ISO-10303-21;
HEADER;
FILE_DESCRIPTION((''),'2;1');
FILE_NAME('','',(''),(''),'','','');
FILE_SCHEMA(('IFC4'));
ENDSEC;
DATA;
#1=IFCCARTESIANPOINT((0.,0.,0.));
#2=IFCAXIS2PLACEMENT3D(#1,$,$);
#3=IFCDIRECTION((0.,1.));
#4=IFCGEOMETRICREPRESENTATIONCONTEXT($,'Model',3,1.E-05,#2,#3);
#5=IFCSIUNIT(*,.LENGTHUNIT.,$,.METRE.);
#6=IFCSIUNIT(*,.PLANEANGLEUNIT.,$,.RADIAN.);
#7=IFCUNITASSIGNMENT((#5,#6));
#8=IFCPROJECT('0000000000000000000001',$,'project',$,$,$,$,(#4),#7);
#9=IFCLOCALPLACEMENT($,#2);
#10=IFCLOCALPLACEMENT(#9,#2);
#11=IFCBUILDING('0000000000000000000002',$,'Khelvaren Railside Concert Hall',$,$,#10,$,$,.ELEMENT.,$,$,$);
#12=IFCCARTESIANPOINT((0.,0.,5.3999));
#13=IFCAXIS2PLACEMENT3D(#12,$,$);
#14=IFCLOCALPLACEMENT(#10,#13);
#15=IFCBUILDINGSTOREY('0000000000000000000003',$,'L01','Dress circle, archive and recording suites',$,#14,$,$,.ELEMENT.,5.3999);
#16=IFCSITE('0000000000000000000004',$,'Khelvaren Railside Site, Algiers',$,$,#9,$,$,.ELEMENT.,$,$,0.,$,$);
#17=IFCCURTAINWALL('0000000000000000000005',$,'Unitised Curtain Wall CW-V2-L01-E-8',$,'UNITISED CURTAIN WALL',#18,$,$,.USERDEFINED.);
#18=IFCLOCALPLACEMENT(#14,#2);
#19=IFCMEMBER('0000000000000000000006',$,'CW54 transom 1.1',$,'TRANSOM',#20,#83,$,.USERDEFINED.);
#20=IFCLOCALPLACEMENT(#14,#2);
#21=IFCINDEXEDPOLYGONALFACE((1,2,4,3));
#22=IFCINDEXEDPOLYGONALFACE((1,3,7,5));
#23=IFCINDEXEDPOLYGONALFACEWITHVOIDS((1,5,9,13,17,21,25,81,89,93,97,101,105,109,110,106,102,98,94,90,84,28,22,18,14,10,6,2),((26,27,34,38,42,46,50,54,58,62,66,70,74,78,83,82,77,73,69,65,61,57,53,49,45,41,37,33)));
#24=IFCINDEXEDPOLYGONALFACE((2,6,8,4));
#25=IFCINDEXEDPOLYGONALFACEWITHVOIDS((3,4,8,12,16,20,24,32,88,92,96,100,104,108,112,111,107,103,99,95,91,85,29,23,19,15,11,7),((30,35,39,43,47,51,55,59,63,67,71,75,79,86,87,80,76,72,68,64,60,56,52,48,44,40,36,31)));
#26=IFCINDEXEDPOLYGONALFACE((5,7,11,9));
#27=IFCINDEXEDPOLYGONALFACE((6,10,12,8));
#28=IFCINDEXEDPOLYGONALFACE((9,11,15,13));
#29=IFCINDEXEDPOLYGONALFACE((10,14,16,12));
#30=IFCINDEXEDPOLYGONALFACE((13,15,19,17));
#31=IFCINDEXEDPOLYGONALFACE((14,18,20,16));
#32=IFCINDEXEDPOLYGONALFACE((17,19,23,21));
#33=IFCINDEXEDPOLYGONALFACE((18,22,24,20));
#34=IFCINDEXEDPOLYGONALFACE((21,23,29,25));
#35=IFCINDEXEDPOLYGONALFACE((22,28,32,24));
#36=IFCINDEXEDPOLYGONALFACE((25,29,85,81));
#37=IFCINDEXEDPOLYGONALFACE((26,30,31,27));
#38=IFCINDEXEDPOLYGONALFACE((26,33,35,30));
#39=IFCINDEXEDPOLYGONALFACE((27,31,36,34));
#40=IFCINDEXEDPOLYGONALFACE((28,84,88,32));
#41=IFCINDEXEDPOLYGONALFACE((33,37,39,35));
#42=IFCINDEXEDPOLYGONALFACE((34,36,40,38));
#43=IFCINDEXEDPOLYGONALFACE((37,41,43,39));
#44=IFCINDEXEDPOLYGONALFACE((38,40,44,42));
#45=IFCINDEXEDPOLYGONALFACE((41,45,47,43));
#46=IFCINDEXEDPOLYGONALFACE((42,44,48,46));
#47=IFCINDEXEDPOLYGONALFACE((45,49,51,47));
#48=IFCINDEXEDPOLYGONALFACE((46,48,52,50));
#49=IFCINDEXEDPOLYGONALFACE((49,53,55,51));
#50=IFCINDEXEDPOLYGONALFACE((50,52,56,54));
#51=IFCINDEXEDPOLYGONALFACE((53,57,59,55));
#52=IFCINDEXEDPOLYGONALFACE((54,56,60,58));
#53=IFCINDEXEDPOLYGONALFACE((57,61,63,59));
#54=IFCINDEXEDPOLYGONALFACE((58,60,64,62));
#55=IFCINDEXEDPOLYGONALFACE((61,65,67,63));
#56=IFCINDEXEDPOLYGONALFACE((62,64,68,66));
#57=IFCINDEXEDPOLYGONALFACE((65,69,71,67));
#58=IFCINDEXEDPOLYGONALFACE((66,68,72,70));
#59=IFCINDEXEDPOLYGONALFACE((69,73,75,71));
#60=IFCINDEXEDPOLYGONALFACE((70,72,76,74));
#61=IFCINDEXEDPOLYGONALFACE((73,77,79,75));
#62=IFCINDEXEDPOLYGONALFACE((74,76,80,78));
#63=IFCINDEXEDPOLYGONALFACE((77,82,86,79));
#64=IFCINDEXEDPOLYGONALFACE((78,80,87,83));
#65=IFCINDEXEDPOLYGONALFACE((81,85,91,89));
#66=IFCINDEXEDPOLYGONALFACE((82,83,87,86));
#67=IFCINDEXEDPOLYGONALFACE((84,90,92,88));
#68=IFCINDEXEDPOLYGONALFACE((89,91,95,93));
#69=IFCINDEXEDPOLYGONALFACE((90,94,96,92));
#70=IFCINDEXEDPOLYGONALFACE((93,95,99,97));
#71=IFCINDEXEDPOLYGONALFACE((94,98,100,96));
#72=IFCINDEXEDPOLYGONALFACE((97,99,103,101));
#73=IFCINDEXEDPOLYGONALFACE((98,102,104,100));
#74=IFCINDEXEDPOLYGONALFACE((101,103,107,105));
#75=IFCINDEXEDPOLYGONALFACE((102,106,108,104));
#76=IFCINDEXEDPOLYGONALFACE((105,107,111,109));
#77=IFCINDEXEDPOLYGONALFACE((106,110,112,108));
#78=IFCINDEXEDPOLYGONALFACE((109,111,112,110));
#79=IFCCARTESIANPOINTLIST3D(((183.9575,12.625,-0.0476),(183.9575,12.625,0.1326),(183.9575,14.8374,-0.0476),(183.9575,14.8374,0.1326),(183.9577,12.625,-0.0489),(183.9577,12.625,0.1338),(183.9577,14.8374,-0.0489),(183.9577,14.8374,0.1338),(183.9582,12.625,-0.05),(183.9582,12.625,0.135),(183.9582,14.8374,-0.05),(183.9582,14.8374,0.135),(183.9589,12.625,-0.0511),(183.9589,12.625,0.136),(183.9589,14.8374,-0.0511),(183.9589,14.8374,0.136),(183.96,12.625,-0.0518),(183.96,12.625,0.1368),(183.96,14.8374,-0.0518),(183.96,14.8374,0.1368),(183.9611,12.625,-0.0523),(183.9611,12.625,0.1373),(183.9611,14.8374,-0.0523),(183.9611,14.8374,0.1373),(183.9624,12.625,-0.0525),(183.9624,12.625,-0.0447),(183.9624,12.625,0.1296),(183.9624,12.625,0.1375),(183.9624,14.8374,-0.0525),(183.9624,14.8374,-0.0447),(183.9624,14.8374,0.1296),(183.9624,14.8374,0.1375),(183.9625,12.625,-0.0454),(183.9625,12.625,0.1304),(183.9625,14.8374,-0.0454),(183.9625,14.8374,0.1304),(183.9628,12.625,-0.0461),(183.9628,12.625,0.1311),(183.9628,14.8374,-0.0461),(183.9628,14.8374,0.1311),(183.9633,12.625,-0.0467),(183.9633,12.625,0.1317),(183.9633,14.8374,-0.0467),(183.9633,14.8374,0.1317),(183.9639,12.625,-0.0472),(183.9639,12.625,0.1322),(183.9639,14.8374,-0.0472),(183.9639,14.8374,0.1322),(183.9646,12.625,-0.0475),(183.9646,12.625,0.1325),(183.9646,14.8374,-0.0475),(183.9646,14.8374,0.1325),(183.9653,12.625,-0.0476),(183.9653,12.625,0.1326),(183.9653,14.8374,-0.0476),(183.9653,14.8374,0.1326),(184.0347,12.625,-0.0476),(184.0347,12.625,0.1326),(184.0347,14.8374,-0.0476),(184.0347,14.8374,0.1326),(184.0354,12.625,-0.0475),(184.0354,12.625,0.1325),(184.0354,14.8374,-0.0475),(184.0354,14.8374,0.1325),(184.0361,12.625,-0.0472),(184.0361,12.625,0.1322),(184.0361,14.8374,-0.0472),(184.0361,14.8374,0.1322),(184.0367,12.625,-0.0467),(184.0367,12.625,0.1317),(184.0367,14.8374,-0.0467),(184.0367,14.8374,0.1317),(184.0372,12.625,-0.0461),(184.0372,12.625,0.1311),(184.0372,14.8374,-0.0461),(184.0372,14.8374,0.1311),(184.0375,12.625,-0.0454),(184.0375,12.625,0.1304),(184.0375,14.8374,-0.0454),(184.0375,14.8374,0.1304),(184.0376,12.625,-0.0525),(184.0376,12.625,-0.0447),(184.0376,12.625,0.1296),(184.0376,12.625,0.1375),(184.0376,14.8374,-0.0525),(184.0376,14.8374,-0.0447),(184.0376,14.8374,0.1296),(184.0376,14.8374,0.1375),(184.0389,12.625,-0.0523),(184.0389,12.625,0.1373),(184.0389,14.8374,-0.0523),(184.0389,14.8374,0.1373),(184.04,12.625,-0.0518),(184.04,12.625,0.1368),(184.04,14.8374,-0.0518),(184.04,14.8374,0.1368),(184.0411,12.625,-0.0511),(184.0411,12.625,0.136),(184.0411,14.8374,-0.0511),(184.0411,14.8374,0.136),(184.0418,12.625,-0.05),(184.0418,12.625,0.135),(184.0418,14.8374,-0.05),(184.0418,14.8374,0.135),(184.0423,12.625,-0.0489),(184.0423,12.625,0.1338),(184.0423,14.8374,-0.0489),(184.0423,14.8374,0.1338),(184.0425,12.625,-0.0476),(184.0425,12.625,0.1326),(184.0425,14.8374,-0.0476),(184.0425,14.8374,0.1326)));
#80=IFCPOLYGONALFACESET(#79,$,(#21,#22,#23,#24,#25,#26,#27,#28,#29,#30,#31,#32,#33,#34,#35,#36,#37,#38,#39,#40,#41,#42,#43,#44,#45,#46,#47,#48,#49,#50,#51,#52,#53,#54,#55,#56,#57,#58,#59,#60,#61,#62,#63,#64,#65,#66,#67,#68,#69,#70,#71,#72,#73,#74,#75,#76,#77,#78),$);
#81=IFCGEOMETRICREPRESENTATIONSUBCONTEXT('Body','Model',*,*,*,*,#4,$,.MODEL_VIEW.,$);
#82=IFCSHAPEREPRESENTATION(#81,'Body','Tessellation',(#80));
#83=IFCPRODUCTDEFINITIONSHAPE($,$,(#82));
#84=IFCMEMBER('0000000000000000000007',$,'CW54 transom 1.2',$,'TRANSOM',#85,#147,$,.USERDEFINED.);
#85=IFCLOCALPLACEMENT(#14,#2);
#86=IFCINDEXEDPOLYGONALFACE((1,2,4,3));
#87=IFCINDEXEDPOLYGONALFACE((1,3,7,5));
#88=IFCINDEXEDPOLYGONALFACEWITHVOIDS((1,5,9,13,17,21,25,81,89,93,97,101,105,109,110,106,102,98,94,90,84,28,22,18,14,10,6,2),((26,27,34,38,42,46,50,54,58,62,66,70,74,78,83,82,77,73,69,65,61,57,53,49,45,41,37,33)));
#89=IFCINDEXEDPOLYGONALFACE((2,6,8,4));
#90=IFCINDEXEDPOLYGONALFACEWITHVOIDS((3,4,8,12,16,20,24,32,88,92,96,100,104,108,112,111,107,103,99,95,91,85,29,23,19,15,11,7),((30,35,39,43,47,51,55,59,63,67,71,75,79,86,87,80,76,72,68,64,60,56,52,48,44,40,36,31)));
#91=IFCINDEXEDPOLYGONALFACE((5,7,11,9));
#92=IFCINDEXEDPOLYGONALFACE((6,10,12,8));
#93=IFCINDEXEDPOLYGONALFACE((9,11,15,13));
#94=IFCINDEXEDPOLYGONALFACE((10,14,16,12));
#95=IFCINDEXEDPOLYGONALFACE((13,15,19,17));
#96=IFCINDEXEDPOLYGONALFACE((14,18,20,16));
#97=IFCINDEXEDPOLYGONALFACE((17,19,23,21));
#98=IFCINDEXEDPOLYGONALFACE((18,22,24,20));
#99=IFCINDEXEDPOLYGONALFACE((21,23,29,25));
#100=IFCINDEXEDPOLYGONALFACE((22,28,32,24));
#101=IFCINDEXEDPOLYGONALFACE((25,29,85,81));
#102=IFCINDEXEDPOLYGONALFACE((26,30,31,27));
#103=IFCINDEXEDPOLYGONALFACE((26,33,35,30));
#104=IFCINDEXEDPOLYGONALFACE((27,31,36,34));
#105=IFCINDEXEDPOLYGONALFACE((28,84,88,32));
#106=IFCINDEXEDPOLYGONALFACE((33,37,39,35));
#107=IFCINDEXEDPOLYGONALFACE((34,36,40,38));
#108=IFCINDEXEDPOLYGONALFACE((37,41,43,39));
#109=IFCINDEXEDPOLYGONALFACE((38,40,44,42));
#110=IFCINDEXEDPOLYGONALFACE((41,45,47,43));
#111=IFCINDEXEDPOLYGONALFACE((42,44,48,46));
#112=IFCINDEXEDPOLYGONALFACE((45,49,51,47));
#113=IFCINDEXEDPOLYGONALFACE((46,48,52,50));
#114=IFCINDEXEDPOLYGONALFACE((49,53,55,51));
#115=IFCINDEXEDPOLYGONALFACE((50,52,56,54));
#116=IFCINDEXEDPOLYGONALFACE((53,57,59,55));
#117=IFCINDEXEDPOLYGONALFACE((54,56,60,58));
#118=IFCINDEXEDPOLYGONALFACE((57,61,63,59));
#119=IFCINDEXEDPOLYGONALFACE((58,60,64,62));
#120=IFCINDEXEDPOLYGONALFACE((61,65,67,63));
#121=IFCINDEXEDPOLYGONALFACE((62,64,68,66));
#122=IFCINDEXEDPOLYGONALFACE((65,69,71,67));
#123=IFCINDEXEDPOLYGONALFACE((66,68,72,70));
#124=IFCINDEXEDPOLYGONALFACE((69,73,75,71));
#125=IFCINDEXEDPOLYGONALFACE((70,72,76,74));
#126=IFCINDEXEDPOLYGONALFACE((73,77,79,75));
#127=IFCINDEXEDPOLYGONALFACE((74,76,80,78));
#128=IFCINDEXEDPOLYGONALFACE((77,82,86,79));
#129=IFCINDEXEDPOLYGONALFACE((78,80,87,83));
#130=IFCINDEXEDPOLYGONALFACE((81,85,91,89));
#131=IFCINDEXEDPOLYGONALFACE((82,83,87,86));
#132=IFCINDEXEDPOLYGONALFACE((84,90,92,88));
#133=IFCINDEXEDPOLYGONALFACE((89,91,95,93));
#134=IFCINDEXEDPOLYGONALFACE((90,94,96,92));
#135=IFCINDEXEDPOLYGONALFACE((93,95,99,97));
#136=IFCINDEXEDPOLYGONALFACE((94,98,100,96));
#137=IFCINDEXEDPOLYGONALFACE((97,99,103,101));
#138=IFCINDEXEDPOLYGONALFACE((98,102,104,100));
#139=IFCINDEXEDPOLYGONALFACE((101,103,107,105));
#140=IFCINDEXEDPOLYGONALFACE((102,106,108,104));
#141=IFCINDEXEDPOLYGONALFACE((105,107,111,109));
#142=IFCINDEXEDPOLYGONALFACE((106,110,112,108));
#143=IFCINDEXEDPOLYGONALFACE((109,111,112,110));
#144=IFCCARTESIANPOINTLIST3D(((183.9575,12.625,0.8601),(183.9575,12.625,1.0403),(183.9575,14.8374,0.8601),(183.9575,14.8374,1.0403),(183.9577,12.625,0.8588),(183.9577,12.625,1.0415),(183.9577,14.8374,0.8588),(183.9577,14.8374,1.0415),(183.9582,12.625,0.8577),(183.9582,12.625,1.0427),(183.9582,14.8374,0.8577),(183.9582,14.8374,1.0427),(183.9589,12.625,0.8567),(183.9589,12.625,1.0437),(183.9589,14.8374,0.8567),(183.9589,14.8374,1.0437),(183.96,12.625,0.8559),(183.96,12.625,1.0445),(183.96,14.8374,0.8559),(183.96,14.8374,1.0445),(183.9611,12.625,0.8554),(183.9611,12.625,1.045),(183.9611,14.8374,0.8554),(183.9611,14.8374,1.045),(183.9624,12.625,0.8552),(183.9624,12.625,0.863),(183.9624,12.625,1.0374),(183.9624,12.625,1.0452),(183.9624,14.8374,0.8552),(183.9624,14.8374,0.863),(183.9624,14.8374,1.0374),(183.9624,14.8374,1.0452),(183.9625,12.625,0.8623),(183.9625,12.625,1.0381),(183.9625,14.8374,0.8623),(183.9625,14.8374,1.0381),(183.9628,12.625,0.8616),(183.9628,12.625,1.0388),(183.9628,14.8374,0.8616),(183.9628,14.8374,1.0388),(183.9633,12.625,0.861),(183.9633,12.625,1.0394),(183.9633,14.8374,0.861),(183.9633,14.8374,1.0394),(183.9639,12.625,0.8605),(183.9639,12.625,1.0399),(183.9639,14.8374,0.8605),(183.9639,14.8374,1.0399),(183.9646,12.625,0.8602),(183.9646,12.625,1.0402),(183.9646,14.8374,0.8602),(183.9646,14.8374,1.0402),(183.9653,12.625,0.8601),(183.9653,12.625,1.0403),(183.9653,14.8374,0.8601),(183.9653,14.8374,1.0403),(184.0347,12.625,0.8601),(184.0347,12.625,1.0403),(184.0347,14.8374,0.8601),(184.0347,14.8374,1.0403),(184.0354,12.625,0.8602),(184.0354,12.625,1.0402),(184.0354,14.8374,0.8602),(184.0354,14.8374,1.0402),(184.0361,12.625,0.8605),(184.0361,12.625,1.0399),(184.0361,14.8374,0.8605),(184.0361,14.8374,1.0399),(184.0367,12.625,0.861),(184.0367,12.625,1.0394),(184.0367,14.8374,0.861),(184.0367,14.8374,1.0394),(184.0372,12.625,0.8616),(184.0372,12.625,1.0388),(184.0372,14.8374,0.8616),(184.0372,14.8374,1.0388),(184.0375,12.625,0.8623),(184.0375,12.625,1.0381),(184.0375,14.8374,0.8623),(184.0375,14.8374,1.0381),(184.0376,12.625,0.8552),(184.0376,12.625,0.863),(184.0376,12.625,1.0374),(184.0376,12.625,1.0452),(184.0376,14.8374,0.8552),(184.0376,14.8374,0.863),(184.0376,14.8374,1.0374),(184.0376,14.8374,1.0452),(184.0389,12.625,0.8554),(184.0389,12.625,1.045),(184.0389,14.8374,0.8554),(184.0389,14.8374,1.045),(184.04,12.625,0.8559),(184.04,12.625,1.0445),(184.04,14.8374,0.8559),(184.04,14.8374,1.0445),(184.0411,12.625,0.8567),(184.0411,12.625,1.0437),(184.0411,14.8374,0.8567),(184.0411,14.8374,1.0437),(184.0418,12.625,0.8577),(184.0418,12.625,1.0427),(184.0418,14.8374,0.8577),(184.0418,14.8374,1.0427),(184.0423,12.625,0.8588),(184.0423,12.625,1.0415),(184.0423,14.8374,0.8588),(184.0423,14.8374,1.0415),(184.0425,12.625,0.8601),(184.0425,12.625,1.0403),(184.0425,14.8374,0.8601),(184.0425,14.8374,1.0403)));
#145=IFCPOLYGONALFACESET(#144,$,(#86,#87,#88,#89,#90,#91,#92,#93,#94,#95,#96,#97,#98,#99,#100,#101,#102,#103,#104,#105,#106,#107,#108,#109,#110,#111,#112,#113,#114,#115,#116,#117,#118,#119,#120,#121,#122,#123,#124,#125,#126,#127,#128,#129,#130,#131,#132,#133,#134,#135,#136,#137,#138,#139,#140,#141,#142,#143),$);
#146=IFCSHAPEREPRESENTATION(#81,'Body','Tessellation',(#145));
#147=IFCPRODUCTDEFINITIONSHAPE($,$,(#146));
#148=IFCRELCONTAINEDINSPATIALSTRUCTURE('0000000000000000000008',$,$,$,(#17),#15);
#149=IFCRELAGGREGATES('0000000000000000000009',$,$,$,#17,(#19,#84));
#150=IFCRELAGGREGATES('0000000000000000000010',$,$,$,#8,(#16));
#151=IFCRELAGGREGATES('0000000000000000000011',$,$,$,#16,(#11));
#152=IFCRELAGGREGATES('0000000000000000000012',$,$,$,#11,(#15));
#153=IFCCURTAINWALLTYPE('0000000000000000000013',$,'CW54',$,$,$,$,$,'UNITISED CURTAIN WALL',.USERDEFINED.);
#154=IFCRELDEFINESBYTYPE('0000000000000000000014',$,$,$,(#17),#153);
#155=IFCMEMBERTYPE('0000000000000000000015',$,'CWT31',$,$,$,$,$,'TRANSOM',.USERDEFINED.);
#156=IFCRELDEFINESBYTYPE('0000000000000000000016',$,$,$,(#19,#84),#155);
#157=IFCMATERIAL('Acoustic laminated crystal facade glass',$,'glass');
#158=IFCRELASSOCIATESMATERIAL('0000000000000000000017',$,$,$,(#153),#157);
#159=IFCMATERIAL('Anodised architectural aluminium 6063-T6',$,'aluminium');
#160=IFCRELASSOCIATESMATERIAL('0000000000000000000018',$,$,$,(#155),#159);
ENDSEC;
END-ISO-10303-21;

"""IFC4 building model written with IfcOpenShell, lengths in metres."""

from ifc_helpers import new_model, si_unit, direction, frame, origin, origin_2d, place, context, subcontext, project, spatial, hollow_rectangle, extrude, material, material_profile, profile_set, type_object, element, aggregate, save


model = new_model("IFC4")

# Units and contexts
model_context = context("Model", 3, precision=1e-05, world=origin(), true_north=direction((0.0, 1.0)))
body_context = subcontext(model_context, "Body", "Model", "MODEL_VIEW")
ifc_project = project(units=[si_unit("LENGTHUNIT", "METRE"), si_unit("PLANEANGLEUNIT", "RADIAN")], contexts=[model_context])

# Site, building, storey
site_placement = place(None, origin())
site = spatial("IfcSite", under=ifc_project, at=site_placement, Name="Khelvaren Railside Site, Algiers", CompositionType="ELEMENT", RefElevation=0.0)
building_placement = place(site_placement, origin())
building = spatial("IfcBuilding", under=site, at=building_placement, Name="Khelvaren Railside Concert Hall", CompositionType="ELEMENT")
storey_placement = place(building_placement, frame((0.0, 0.0, 5.3999)))
storey = spatial("IfcBuildingStorey", under=building, at=storey_placement, Name="L01", Description="Dress circle, archive and recording suites", CompositionType="ELEMENT", Elevation=5.3999)

# Curtain wall, members
ifc_material_1 = material(Name="Anodised architectural aluminium 6063-T6", Category="aluminium")
ifc_material_2 = material(Name="Acoustic laminated crystal facade glass", Category="glass")
curtain_wall_type_1 = type_object("IfcCurtainWallType", Name="CW54", ElementType="UNITISED CURTAIN WALL", PredefinedType="USERDEFINED", material=ifc_material_2)
curtain_wall_1_placement = place(storey_placement, origin())
curtain_wall_1 = element("IfcCurtainWall", 1, at=curtain_wall_1_placement, inside=storey, type_object=curtain_wall_type_1, Name="Unitised Curtain Wall CW-V2-L01-E-8", ObjectType="UNITISED CURTAIN WALL", PredefinedType="USERDEFINED")
ifc_material_profile_1 = material_profile(ifc_material_1, hollow_rectangle(XDim=0.085, YDim=0.1899, WallThickness=0.0049, InnerFilletRadius=0.0029, OuterFilletRadius=0.0049, at=origin_2d()), Name="CWT 85x190x5")
ifc_profile_set_1 = profile_set([ifc_material_profile_1], Name="Anodised architectural aluminium 6063-T6")
member_type_1 = type_object("IfcMemberType", Name="CWT31", ElementType="TRANSOM", PredefinedType="USERDEFINED", material=ifc_profile_set_1)
member_1_placement = place(storey_placement, frame((184.0, 14.8374, 0.0425), z_axis=(0.0, -1.0, 0.0), x_axis=(1.0, 0.0, 0.0)))
member_1 = element("IfcMember", 2, at=member_1_placement, type_object=member_type_1, Name="CW54 transom 1.1", ObjectType="TRANSOM", PredefinedType="USERDEFINED", context=body_context, shape_type="SweptSolid", body=[
    extrude(hollow_rectangle(XDim=0.085, YDim=0.1899, WallThickness=0.0049, InnerFilletRadius=0.0029, OuterFilletRadius=0.0049, at=origin_2d()), origin(), (0.0, 0.0, 1.0), 2.2124),
])
member_2_placement = place(storey_placement, frame((184.0, 14.8374, 0.9502), z_axis=(0.0, -1.0, 0.0), x_axis=(1.0, 0.0, 0.0)))
member_2 = element("IfcMember", 3, at=member_2_placement, type_object=member_type_1, Name="CW54 transom 1.2", ObjectType="TRANSOM", PredefinedType="USERDEFINED", context=body_context, shape_type="SweptSolid", body=[
    extrude(hollow_rectangle(XDim=0.085, YDim=0.1899, WallThickness=0.0049, InnerFilletRadius=0.0029, OuterFilletRadius=0.0049, at=origin_2d()), origin(), (0.0, 0.0, 1.0), 2.2124),
])

aggregate(curtain_wall_1, [member_1, member_2])

save(model, "model.ifc")
